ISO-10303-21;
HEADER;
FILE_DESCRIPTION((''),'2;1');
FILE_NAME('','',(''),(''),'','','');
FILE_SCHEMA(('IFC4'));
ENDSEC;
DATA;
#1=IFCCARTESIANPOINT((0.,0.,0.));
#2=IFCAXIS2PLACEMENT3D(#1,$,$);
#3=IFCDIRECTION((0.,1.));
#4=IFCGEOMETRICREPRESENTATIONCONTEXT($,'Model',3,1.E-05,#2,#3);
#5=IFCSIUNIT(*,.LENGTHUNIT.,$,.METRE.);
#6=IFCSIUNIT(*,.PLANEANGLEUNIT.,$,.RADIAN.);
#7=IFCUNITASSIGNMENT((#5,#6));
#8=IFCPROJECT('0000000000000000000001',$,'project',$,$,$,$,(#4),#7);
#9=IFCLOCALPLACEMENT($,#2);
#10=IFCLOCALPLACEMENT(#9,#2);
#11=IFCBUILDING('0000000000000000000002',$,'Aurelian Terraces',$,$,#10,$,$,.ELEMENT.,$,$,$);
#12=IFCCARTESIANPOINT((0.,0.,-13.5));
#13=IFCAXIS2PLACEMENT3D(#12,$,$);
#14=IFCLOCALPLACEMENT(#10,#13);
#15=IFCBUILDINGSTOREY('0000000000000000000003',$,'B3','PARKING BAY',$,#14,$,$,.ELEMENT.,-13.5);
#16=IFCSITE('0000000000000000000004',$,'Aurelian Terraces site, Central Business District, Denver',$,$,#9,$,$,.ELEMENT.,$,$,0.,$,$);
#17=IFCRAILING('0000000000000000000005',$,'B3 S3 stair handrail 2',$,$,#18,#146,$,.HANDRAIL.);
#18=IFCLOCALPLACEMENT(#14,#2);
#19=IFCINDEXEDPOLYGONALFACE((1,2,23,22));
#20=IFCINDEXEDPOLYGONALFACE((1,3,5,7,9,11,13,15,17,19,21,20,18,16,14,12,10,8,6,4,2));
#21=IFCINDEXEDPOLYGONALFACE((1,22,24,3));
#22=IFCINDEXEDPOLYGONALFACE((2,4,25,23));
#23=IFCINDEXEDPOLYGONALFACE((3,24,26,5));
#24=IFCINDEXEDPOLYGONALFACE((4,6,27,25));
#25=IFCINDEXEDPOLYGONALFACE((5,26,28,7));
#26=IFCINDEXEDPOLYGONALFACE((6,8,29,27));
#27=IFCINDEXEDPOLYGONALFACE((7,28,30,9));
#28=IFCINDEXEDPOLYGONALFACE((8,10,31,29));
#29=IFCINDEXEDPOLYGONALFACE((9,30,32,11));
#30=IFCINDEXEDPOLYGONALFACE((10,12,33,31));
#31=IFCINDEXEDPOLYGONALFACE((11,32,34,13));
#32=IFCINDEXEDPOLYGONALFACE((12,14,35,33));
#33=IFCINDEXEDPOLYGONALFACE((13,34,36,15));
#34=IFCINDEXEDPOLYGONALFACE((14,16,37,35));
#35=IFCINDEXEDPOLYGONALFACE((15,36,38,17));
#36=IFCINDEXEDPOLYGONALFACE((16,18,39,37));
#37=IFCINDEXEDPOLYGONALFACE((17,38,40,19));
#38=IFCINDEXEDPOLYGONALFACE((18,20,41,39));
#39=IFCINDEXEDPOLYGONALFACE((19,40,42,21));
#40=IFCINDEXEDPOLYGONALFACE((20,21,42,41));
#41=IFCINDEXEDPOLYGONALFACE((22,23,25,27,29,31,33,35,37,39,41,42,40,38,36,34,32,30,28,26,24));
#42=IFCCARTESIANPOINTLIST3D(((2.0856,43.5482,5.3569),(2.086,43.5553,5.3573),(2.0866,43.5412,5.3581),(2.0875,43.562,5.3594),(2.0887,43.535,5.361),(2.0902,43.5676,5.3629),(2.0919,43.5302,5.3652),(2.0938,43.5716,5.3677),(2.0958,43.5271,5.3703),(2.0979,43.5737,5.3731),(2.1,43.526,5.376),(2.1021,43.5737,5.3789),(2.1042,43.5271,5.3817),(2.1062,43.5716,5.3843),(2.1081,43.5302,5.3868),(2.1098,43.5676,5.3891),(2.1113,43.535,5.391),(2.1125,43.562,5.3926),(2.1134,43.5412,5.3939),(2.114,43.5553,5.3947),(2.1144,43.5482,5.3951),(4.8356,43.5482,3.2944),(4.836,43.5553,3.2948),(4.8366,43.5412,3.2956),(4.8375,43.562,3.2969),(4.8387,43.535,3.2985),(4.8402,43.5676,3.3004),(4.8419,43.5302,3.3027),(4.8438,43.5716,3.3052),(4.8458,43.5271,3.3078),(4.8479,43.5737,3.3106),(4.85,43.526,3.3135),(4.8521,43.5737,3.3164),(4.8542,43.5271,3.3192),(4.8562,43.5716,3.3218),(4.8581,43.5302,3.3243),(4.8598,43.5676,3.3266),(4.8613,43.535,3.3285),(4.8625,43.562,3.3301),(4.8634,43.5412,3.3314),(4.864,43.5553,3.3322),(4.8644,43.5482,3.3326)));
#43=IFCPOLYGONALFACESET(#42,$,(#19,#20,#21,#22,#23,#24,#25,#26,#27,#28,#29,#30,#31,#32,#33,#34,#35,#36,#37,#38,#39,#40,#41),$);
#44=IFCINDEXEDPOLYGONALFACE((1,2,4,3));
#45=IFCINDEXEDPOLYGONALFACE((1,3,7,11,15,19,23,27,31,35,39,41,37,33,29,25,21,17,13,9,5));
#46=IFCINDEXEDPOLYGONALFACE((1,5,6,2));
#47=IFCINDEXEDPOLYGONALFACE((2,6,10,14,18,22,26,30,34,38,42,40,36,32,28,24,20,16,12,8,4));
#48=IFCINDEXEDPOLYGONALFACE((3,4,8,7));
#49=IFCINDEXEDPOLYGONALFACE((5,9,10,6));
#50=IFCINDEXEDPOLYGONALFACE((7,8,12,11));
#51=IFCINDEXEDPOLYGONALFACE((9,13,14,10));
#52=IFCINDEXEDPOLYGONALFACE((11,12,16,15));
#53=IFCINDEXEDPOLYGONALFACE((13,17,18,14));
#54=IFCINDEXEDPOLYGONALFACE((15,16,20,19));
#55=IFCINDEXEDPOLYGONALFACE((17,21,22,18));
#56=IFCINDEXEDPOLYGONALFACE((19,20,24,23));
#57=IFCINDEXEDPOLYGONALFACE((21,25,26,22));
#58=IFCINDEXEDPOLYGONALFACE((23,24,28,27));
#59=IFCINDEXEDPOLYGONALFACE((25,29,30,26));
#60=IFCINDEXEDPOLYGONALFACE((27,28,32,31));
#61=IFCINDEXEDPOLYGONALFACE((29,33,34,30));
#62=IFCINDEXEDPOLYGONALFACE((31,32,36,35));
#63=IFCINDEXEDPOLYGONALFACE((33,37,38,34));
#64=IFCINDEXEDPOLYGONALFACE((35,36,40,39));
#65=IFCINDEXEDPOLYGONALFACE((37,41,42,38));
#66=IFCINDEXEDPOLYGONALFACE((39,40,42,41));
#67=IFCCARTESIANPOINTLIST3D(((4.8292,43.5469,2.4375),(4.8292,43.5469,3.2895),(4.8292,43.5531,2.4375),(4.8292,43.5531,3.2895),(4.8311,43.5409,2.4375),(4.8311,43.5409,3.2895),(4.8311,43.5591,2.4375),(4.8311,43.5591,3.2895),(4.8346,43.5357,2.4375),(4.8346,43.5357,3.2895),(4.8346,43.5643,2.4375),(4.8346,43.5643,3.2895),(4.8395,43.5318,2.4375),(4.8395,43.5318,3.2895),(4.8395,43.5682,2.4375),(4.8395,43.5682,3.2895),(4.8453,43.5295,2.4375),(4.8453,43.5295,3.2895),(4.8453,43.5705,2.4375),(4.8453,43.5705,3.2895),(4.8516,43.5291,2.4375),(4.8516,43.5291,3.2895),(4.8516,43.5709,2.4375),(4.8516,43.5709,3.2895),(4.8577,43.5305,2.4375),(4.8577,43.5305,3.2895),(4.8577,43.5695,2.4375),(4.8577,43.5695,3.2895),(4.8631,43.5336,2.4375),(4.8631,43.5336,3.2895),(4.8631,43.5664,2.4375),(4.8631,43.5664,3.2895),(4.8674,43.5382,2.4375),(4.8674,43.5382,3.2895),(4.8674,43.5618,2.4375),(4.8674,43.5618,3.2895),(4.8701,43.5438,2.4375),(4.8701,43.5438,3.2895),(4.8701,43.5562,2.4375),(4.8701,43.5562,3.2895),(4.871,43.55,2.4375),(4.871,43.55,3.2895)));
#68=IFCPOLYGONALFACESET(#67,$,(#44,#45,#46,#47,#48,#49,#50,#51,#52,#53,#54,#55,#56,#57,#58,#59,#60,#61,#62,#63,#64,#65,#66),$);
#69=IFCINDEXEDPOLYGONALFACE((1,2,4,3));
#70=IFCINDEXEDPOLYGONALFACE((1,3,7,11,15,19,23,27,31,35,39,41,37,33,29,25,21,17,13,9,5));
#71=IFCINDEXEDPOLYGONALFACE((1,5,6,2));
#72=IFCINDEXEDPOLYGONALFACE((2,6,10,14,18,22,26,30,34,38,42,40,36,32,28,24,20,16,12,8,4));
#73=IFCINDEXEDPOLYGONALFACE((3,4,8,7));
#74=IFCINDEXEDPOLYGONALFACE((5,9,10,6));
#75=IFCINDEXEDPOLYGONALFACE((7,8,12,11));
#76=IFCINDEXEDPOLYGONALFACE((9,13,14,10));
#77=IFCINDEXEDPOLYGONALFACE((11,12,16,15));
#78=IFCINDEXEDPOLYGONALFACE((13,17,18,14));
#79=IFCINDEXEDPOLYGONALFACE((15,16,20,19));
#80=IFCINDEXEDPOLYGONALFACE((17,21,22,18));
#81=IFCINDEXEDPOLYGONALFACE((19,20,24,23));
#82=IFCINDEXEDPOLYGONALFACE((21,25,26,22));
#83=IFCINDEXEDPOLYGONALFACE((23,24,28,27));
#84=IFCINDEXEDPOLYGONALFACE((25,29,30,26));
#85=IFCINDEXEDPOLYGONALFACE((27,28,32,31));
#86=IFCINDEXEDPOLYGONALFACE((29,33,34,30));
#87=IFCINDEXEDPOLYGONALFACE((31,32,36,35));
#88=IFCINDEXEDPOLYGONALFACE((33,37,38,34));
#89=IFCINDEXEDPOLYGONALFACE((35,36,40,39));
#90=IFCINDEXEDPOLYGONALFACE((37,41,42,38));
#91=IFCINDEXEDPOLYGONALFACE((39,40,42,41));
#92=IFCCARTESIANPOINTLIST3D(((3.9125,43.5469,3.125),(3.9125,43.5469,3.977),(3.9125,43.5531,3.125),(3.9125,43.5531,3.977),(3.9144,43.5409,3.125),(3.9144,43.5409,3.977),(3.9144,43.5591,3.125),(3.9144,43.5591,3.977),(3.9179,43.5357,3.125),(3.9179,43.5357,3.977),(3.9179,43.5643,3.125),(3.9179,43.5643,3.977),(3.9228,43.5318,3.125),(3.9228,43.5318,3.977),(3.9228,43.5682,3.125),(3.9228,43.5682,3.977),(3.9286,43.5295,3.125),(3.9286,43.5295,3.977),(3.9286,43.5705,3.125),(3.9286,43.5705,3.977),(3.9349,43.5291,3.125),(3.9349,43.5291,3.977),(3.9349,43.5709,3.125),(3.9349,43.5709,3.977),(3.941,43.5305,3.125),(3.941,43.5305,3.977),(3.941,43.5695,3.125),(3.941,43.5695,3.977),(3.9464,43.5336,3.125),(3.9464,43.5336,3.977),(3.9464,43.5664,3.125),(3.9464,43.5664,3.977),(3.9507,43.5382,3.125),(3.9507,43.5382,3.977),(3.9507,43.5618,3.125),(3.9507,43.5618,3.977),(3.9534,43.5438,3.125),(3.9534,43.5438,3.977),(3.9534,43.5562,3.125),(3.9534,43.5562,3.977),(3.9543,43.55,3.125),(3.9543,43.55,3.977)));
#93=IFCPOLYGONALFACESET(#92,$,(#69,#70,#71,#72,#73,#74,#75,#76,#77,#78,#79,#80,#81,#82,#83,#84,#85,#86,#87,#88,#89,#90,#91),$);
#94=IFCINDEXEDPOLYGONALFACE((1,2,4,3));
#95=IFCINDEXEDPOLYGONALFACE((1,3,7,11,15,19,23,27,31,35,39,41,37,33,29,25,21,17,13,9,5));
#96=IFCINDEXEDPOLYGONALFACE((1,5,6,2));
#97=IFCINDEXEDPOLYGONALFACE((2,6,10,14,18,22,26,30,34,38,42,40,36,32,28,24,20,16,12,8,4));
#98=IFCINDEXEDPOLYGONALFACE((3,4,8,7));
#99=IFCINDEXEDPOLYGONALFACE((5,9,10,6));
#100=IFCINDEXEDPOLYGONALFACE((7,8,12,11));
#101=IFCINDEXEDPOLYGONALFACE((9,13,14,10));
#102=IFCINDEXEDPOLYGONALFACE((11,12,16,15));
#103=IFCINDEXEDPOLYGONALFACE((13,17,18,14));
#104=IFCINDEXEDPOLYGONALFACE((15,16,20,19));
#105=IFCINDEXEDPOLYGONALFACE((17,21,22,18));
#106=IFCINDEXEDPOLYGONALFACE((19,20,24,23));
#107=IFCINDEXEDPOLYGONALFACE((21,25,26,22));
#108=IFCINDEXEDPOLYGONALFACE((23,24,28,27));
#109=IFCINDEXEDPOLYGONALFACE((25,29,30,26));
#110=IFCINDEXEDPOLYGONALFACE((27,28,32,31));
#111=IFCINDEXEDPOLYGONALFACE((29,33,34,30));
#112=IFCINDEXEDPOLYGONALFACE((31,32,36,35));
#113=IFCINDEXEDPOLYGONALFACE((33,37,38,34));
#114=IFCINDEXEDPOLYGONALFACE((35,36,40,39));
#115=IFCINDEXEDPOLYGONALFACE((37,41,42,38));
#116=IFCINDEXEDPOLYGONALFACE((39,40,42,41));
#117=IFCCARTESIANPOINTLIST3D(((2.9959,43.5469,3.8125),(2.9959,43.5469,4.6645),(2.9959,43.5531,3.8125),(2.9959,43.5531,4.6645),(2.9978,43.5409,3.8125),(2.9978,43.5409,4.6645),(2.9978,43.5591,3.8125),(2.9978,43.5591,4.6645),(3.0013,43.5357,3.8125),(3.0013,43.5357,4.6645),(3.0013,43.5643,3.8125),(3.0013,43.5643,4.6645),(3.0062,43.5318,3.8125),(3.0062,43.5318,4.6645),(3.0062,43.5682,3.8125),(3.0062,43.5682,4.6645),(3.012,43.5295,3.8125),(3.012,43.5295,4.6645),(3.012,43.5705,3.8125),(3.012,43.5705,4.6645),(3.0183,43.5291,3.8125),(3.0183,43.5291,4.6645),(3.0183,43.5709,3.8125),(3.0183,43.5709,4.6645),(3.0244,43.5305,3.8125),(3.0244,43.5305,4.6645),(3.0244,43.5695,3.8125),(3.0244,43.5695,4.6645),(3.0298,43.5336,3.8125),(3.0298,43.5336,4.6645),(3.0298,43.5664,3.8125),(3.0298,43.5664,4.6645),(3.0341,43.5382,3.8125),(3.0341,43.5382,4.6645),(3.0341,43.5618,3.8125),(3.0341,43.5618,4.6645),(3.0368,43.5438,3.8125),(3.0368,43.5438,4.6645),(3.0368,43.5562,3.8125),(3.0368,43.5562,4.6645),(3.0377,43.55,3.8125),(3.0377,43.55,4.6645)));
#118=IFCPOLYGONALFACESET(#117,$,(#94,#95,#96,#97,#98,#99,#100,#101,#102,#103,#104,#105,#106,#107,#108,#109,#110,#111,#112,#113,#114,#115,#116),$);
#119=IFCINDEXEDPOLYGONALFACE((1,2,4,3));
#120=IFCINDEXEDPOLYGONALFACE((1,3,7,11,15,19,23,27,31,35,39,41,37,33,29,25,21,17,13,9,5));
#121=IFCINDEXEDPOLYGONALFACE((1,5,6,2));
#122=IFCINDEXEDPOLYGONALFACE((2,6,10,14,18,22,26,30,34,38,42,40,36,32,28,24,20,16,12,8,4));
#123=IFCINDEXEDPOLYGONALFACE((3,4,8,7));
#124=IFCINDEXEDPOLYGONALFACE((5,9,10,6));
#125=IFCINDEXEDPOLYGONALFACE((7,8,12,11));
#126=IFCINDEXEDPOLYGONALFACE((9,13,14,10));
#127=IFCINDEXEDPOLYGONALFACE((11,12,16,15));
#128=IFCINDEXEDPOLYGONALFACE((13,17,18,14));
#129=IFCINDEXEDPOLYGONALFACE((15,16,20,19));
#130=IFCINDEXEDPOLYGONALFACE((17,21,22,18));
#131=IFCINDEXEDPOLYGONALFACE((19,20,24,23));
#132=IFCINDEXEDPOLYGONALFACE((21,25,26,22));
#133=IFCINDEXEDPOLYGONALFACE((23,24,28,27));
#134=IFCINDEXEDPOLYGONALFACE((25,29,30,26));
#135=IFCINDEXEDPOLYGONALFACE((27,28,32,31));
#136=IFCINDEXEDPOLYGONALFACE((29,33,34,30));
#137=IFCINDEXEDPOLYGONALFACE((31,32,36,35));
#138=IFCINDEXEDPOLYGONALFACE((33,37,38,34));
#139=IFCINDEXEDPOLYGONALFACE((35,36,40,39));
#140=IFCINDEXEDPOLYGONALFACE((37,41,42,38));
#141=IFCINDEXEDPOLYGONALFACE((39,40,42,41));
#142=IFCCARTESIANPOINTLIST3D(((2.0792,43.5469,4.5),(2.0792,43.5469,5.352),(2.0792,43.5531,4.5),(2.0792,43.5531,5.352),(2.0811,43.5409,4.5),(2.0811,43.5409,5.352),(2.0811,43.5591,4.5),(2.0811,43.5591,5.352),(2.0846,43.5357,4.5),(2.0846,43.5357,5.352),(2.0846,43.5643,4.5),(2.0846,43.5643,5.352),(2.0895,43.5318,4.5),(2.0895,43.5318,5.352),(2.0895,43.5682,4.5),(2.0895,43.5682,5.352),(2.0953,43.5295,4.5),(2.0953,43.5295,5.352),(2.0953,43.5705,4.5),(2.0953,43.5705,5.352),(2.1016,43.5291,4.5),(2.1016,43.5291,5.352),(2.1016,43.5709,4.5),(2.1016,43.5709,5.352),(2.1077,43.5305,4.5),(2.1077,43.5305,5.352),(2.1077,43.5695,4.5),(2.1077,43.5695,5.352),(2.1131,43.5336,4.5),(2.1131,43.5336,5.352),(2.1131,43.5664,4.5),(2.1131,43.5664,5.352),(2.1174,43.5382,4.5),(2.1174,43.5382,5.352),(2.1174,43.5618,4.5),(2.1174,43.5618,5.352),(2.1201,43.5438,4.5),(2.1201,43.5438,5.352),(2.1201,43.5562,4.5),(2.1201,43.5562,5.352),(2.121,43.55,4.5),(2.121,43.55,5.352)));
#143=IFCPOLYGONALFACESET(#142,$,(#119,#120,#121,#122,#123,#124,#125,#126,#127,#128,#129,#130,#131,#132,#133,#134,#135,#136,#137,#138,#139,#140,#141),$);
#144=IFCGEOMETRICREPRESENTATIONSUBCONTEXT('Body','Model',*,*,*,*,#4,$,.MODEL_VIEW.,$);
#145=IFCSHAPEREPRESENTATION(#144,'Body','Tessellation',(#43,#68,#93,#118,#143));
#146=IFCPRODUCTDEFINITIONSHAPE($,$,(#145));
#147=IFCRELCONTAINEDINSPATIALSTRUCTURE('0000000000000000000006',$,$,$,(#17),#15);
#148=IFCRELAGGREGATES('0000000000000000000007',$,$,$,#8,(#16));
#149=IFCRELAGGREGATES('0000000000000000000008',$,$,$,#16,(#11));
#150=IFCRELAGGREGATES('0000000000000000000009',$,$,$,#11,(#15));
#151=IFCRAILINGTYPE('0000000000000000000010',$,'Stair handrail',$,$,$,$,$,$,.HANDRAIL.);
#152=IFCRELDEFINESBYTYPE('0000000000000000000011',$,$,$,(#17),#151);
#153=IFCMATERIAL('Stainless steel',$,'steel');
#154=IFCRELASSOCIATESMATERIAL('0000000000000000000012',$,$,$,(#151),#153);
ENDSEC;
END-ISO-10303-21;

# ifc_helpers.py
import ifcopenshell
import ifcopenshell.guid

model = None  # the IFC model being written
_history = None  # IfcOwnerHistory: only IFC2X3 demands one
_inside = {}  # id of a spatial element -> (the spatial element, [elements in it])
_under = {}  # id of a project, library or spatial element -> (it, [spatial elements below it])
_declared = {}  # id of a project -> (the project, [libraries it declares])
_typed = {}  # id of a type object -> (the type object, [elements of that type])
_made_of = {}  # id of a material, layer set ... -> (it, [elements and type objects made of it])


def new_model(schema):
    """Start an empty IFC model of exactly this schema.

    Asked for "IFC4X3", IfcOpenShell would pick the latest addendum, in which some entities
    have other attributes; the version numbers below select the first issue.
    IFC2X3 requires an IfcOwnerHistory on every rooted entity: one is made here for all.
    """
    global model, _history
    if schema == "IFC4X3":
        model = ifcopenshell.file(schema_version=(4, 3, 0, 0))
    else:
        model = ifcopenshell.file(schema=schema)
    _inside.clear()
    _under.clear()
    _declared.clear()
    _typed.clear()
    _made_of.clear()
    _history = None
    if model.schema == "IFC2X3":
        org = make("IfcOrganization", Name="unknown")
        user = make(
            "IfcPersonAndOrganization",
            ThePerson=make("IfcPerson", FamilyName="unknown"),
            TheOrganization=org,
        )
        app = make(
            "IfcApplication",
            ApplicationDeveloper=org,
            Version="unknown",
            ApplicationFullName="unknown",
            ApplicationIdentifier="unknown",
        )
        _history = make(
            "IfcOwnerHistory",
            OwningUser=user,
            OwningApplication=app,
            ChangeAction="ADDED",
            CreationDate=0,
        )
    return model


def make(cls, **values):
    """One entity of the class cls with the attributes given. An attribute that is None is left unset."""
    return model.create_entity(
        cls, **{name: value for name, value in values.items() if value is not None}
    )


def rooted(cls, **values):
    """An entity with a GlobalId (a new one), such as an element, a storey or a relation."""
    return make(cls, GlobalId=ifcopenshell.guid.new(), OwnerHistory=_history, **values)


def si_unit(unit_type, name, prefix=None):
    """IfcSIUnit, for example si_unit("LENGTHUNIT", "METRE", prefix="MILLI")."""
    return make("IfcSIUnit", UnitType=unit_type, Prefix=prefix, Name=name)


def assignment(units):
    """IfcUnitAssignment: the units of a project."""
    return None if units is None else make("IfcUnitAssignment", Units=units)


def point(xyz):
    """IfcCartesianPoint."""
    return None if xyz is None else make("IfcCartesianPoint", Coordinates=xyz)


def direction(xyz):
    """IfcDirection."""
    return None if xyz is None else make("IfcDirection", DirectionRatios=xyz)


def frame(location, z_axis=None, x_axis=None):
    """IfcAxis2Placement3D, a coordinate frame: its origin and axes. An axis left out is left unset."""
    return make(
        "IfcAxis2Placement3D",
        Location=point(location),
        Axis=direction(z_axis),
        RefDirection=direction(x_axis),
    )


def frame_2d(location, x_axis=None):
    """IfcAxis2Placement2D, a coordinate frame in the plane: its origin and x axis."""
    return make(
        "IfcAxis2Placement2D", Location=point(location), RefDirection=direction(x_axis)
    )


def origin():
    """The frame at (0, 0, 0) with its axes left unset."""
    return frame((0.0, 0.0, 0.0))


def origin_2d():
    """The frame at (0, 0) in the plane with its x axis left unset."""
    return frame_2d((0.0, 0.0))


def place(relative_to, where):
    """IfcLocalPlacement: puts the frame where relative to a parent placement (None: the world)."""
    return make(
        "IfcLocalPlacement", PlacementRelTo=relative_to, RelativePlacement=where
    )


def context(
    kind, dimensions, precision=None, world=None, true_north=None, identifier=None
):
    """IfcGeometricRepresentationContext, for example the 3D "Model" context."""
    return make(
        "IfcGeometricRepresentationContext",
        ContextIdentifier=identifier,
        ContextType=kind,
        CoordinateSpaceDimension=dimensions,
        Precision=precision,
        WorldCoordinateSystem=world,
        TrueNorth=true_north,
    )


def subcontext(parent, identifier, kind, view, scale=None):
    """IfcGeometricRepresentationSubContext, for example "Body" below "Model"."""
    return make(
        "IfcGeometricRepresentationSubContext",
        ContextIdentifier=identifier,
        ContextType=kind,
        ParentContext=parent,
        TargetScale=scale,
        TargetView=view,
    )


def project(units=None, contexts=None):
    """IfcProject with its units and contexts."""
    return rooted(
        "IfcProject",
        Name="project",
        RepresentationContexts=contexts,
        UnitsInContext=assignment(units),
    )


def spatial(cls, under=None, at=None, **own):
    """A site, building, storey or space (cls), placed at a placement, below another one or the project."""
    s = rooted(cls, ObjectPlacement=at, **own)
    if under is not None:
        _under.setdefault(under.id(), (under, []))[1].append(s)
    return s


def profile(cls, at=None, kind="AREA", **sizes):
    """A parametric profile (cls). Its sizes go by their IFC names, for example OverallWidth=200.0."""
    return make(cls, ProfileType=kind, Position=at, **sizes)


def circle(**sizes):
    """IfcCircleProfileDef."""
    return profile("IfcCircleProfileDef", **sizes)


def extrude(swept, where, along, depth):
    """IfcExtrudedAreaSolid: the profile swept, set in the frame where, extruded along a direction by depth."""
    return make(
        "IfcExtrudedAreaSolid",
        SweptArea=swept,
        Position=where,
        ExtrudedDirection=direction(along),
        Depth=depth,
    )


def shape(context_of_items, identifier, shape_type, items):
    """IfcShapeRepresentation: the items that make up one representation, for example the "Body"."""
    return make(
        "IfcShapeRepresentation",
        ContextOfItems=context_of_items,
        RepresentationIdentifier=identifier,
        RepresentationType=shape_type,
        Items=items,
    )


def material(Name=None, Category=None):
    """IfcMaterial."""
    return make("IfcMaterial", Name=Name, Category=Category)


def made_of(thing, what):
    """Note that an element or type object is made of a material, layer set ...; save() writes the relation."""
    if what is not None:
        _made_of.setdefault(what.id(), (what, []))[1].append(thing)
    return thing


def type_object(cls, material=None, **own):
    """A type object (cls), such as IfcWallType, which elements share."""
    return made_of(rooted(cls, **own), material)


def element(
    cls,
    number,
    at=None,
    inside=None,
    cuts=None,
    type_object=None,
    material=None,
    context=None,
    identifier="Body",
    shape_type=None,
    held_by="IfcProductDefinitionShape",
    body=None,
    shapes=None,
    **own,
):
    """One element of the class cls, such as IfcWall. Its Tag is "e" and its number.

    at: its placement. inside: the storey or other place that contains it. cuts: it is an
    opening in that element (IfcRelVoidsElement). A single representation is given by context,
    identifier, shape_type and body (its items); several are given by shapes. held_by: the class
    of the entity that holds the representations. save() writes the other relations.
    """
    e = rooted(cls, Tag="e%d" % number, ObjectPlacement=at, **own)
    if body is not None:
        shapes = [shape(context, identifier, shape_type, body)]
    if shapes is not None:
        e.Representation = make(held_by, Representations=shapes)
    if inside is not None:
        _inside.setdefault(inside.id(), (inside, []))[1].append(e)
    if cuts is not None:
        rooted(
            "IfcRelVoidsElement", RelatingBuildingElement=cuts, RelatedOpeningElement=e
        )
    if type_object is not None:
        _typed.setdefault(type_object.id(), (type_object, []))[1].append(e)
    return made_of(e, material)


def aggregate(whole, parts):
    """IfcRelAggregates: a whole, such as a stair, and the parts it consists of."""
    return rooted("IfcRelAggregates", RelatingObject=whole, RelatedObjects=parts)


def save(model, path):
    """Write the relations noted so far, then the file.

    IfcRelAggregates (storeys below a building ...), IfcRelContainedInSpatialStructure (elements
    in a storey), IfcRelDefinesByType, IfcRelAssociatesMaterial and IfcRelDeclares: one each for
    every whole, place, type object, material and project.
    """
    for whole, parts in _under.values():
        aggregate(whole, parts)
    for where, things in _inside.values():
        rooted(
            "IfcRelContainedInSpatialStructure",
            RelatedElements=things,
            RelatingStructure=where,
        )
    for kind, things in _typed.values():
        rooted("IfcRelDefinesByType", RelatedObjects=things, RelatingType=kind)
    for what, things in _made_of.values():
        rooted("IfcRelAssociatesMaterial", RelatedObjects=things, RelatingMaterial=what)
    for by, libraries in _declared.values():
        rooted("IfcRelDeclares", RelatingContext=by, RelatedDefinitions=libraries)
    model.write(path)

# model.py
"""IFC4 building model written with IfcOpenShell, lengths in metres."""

from ifc_helpers import new_model, si_unit, direction, frame, origin, origin_2d, place, context, subcontext, project, spatial, circle, extrude, material, type_object, element, save


model = new_model("IFC4")

# Units and contexts
model_context = context("Model", 3, precision=1e-05, world=origin(), true_north=direction((0.0, 1.0)))
body_context = subcontext(model_context, "Body", "Model", "MODEL_VIEW")
ifc_project = project(units=[si_unit("LENGTHUNIT", "METRE"), si_unit("PLANEANGLEUNIT", "RADIAN")], contexts=[model_context])

# Site, building, storey
site_placement = place(None, origin())
site = spatial("IfcSite", under=ifc_project, at=site_placement, Name="Aurelian Terraces site, Central Business District, Denver", CompositionType="ELEMENT", RefElevation=0.0)
building_placement = place(site_placement, origin())
building = spatial("IfcBuilding", under=site, at=building_placement, Name="Aurelian Terraces", CompositionType="ELEMENT")
storey_placement = place(building_placement, frame((0.0, 0.0, -13.5)))
storey = spatial("IfcBuildingStorey", under=building, at=storey_placement, Name="B3", Description="PARKING BAY", CompositionType="ELEMENT", Elevation=-13.5)

# Railing
ifc_material_1 = material(Name="Stainless steel", Category="steel")
railing_type_1 = type_object("IfcRailingType", Name="Stair handrail", PredefinedType="HANDRAIL", material=ifc_material_1)
railing_1_placement = place(storey_placement, frame((4.85, 43.55, 2.4375)))
element("IfcRailing", 1, at=railing_1_placement, inside=storey, type_object=railing_type_1, Name="B3 S3 stair handrail 2", PredefinedType="HANDRAIL", context=body_context, shape_type="SweptSolid", body=[
    extrude(circle(Radius=0.024, at=origin_2d()), frame((0.0, 0.0, 0.876), z_axis=(-0.8, 0.0, 0.6), x_axis=(0.0, -1.0, 0.0)), (0.0, 0.0, 1.0), 3.4375),
    extrude(circle(Radius=0.021, at=origin_2d()), origin(), (0.0, 0.0, 1.0), 0.852),
    extrude(circle(Radius=0.021, at=origin_2d()), frame((-0.9167, 0.0, 0.6875)), (0.0, 0.0, 1.0), 0.852),
    extrude(circle(Radius=0.021, at=origin_2d()), frame((-1.8333, 0.0, 1.375)), (0.0, 0.0, 1.0), 0.852),
    extrude(circle(Radius=0.021, at=origin_2d()), frame((-2.75, 0.0, 2.0625)), (0.0, 0.0, 1.0), 0.852),
])

save(model, "model.ifc")
